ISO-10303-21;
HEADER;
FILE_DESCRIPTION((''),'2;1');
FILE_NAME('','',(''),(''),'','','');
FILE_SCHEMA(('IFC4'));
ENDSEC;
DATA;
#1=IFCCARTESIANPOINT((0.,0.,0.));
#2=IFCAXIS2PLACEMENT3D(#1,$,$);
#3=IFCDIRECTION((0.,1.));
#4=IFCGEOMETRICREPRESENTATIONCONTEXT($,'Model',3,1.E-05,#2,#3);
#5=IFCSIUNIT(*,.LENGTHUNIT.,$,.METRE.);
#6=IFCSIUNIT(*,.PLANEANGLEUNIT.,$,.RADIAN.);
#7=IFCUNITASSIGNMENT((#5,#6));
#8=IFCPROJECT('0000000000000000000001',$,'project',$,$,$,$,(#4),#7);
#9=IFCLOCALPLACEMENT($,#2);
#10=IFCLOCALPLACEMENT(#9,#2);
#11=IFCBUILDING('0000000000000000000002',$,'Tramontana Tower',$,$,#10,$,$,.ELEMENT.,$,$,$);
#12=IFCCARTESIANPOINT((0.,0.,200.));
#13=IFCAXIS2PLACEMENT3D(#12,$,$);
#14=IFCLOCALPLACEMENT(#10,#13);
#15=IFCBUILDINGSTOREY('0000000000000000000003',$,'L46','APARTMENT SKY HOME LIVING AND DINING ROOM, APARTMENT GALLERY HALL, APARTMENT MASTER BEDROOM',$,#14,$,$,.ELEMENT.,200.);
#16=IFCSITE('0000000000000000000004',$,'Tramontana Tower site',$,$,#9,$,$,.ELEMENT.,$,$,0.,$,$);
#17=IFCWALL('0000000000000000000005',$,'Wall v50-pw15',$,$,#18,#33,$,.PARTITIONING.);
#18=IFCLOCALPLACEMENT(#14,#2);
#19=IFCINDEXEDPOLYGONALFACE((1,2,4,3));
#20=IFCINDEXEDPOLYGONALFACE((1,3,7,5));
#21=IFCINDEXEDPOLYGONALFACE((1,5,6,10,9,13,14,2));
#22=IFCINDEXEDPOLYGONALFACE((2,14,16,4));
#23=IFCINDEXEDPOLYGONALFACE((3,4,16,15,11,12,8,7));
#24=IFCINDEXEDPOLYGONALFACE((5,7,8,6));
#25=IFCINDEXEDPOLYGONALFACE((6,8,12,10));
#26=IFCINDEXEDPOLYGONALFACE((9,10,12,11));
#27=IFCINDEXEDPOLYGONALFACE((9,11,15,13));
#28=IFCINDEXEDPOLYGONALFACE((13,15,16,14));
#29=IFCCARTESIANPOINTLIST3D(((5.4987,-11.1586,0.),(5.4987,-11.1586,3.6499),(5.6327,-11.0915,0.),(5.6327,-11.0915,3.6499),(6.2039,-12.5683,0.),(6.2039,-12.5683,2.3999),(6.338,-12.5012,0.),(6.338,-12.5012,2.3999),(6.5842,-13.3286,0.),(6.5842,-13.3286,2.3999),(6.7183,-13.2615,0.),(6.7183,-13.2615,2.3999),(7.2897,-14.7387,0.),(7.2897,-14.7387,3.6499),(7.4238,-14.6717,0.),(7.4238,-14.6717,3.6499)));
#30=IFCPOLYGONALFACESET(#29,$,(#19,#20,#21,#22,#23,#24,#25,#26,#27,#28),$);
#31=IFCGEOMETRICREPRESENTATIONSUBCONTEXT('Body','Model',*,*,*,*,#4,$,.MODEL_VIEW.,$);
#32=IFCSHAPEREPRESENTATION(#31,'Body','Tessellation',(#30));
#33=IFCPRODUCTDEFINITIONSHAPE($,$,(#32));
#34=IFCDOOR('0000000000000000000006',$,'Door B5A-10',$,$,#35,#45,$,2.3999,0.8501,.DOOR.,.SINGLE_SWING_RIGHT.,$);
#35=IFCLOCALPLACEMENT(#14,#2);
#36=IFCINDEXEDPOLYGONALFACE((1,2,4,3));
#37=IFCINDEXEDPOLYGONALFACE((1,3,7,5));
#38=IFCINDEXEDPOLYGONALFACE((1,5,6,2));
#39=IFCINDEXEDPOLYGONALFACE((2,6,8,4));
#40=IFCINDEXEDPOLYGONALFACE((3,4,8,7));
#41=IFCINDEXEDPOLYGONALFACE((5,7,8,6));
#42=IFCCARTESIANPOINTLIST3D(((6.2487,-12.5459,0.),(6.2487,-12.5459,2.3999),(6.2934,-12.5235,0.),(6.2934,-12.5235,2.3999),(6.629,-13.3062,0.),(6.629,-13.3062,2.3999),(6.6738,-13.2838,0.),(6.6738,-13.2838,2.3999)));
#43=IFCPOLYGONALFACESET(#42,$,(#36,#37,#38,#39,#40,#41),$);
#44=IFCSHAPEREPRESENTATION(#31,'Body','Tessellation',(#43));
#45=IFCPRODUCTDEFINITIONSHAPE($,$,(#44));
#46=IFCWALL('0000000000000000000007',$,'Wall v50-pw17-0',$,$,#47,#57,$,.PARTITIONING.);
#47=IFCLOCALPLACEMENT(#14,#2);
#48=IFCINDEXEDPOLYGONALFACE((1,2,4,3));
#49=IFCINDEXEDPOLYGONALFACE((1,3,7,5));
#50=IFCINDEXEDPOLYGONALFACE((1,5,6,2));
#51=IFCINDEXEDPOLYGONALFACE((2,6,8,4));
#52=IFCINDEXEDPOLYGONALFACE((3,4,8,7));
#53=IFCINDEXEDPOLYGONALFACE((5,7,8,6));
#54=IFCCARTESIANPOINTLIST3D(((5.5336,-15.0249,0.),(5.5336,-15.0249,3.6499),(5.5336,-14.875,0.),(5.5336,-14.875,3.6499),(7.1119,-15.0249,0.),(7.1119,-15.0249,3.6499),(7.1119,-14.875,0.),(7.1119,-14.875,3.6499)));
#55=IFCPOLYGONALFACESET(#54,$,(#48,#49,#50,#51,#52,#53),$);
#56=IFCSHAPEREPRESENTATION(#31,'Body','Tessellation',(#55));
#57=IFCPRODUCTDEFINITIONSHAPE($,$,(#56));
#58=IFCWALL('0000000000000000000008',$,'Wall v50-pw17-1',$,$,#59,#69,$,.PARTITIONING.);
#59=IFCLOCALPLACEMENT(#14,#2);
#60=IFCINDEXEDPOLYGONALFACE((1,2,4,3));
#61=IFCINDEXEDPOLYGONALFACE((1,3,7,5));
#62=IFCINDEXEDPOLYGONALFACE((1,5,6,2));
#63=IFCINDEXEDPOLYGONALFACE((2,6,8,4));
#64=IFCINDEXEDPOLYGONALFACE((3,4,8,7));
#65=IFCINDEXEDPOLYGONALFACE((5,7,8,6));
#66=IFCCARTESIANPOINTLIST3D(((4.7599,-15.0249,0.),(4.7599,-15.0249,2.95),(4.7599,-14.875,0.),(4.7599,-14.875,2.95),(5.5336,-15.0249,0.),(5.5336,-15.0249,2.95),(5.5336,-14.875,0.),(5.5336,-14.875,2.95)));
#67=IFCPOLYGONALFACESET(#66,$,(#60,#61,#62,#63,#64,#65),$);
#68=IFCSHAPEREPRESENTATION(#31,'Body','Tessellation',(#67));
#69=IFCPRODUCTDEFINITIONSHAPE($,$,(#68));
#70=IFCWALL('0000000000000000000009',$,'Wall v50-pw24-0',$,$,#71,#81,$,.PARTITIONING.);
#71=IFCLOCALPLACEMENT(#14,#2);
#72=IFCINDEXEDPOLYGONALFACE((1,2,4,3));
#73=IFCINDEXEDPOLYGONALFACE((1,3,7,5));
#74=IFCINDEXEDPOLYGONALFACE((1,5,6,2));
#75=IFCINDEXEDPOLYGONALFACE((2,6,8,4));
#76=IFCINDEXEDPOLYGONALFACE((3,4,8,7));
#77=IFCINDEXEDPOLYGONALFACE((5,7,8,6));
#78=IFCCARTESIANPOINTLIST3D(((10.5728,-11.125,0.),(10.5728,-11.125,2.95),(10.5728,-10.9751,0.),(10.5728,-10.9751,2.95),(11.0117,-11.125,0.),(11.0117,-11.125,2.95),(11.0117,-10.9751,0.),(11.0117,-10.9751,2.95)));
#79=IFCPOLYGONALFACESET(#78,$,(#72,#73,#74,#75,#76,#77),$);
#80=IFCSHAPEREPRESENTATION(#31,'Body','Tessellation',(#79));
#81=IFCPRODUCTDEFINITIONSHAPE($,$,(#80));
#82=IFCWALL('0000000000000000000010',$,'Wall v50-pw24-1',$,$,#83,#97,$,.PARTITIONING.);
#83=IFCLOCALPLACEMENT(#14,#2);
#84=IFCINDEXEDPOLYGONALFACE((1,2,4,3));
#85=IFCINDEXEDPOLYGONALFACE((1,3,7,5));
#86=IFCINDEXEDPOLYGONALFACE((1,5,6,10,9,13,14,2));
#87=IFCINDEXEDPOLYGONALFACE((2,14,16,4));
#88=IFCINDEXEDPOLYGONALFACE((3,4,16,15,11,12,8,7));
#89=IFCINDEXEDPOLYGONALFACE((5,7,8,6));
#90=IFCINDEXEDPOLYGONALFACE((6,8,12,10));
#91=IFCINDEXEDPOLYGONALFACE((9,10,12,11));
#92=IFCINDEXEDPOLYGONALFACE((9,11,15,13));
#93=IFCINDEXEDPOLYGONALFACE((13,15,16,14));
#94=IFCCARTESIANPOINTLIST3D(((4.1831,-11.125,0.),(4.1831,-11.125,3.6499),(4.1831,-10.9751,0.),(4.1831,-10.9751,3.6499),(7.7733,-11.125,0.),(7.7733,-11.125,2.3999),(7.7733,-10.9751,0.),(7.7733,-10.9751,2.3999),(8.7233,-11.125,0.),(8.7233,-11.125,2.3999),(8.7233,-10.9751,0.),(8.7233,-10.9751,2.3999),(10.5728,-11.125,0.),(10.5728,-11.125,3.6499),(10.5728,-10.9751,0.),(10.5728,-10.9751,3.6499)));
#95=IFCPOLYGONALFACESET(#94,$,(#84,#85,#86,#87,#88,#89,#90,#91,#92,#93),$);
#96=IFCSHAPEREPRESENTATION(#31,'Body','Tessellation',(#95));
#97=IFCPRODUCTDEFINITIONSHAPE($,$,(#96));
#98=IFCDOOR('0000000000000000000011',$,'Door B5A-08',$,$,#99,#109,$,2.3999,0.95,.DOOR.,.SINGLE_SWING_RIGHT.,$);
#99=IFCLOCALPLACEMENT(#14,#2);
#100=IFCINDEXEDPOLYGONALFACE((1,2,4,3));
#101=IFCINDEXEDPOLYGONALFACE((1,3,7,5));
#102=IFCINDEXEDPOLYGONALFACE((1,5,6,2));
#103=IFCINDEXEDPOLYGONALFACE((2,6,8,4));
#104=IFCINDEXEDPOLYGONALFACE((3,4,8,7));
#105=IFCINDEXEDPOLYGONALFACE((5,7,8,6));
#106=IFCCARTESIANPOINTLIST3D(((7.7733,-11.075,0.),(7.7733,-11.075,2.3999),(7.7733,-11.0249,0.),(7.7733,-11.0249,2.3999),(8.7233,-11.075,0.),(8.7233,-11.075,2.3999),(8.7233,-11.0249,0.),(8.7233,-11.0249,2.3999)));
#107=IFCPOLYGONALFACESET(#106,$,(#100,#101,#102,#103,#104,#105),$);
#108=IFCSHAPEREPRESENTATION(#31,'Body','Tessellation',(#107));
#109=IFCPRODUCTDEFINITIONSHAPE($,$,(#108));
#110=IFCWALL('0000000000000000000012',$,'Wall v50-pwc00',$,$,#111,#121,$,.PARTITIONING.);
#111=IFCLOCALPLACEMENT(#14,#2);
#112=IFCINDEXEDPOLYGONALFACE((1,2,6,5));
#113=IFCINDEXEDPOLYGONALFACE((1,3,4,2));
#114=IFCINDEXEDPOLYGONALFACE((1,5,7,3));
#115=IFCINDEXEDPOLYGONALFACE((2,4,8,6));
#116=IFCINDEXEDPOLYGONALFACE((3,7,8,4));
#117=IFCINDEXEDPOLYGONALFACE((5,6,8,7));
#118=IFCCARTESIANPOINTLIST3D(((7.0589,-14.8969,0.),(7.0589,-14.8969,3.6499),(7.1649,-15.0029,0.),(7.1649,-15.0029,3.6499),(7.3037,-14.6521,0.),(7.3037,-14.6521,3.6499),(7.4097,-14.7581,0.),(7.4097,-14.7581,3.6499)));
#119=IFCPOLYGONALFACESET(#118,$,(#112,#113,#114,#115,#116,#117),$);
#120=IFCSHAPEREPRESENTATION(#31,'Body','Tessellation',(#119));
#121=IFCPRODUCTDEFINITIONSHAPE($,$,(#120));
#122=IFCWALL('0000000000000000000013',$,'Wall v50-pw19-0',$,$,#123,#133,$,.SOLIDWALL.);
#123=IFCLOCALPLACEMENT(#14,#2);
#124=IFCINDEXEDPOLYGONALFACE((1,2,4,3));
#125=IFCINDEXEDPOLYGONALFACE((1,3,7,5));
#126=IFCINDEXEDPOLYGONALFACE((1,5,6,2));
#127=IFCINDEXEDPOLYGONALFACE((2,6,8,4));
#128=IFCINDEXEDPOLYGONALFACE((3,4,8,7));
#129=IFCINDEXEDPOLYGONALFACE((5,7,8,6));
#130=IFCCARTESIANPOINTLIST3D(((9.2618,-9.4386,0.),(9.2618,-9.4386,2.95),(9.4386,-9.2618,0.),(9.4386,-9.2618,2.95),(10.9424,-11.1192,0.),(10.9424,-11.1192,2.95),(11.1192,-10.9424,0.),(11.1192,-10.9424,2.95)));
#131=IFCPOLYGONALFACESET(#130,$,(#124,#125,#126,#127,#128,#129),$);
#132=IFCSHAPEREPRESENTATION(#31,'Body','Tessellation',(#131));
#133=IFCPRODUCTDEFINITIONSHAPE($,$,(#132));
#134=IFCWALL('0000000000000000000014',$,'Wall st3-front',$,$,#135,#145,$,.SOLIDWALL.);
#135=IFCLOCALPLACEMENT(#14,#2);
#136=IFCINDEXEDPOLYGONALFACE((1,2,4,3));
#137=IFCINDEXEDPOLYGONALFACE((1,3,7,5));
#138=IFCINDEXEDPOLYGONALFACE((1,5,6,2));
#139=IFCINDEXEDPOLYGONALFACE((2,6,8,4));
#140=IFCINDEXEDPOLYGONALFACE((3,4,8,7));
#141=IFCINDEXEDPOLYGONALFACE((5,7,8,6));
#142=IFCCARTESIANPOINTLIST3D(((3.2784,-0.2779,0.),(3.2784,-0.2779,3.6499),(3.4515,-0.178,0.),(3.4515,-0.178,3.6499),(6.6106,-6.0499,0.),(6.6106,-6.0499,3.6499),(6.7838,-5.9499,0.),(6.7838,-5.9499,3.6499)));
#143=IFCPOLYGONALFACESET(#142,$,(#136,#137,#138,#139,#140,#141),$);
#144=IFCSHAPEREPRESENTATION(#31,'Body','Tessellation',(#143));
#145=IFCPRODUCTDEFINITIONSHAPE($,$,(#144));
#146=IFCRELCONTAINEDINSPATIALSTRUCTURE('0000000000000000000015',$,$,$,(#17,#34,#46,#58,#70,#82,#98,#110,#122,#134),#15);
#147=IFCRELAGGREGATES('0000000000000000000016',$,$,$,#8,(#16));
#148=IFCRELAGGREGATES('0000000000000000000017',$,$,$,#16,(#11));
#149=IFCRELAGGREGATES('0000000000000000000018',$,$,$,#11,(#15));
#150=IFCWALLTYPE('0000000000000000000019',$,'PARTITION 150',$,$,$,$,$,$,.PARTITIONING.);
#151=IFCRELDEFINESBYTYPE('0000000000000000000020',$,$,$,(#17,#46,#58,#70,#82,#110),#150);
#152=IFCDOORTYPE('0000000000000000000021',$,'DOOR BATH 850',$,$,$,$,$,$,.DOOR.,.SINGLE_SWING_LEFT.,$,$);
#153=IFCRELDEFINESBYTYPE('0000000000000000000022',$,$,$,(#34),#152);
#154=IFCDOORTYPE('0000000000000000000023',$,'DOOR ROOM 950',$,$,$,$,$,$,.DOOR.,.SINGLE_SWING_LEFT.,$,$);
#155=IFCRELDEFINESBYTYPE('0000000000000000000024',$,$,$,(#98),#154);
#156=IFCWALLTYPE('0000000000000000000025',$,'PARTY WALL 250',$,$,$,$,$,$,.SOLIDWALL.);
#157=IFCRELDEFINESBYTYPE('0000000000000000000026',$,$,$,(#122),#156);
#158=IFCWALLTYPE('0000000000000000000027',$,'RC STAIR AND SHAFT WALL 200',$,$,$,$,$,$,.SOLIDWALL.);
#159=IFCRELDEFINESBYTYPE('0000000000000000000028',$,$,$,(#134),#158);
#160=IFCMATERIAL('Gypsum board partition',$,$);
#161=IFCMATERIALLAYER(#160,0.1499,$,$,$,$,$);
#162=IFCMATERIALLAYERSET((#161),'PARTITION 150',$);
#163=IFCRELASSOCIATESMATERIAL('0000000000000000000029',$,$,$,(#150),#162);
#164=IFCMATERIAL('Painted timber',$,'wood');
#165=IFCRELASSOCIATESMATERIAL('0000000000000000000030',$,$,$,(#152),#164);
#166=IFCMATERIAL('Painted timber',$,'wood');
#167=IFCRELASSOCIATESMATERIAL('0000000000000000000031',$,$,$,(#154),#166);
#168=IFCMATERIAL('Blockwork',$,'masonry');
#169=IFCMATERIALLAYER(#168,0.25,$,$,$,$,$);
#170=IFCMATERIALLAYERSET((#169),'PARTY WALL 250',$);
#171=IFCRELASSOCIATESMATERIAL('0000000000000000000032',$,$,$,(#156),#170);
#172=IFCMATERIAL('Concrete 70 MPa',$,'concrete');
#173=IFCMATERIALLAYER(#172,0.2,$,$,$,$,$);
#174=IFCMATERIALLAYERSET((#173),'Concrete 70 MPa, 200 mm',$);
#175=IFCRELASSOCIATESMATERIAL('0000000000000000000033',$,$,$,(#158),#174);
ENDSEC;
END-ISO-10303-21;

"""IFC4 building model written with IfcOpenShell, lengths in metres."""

from ifc_helpers import new_model, si_unit, direction, frame, frame_2d, origin, place, context, subcontext, project, spatial, rectangle, extrude, material, layer, layer_set, type_object, element, fill, save


model = new_model("IFC4")

# Units and contexts
model_context = context("Model", 3, precision=1e-05, world=origin(), true_north=direction((0.0, 1.0)))
body_context = subcontext(model_context, "Body", "Model", "MODEL_VIEW")
ifc_project = project(units=[si_unit("LENGTHUNIT", "METRE"), si_unit("PLANEANGLEUNIT", "RADIAN")], contexts=[model_context])

# Site, building, storey
site_placement = place(None, origin())
site = spatial("IfcSite", under=ifc_project, at=site_placement, Name="Tramontana Tower site", CompositionType="ELEMENT", RefElevation=0.0)
building_placement = place(site_placement, origin())
building = spatial("IfcBuilding", under=site, at=building_placement, Name="Tramontana Tower", CompositionType="ELEMENT")
storey_placement = place(building_placement, frame((0.0, 0.0, 200.0)))
storey = spatial("IfcBuildingStorey", under=building, at=storey_placement, Name="L46", Description="APARTMENT SKY HOME LIVING AND DINING ROOM, APARTMENT GALLERY HALL, APARTMENT MASTER BEDROOM", CompositionType="ELEMENT", Elevation=200.0)

# Wall, opening, door
ifc_material_1 = material(Name="Gypsum board partition")
ifc_layer_1 = layer(ifc_material_1, 0.1499)
ifc_layer_set_1 = layer_set([ifc_layer_1], Name="PARTITION 150")
wall_type_1 = type_object("IfcWallType", Name="PARTITION 150", PredefinedType="PARTITIONING", material=ifc_layer_set_1)
wall_1_placement = place(storey_placement, frame((7.3567, -14.7051, 0.0), z_axis=(0.0, 0.0, 1.0), x_axis=(-0.447409, 0.89433, 0.0)))
wall_1 = element("IfcWall", 1, at=wall_1_placement, inside=storey, type_object=wall_type_1, Name="Wall v50-pw15", PredefinedType="PARTITIONING", context=body_context, shape_type="SweptSolid", body=[
    extrude(rectangle(XDim=4.0032, YDim=0.1499, at=frame_2d((2.0015, 0.0))), origin(), (0.0, 0.0, 1.0), 3.6499),
])
opening_1_placement = place(wall_1_placement, frame((1.5767, 0.0, 0.0)))
opening_1 = element("IfcOpeningElement", 2, at=opening_1_placement, cuts=wall_1, PredefinedType="OPENING", context=body_context, shape_type="SweptSolid", body=[
    extrude(rectangle(XDim=0.8501, YDim=2.3999, at=frame_2d((0.425, 1.2))), frame((0.0, 0.085, 0.0), z_axis=(0.0, -1.0, 0.0), x_axis=(1.0, 0.0, 0.0)), (0.0, 0.0, 1.0), 0.1699),
])
ifc_material_2 = material(Name="Painted timber", Category="wood")
door_type_1 = type_object("IfcDoorType", Name="DOOR BATH 850", OperationType="SINGLE_SWING_LEFT", PredefinedType="DOOR", material=ifc_material_2)
door_1_placement = place(opening_1_placement, origin())
door_1 = element("IfcDoor", 3, at=door_1_placement, inside=storey, type_object=door_type_1, Name="Door B5A-10", OperationType="SINGLE_SWING_RIGHT", OverallHeight=2.3999, OverallWidth=0.8501, PredefinedType="DOOR", context=body_context, shape_type="SweptSolid", body=[
    extrude(rectangle(XDim=0.8501, YDim=2.3999, at=frame_2d((0.425, 1.2))), frame((0.0, 0.0249, 0.0), z_axis=(0.0, -1.0, 0.0), x_axis=(1.0, 0.0, 0.0)), (0.0, 0.0, 1.0), 0.05),
])
fill(opening_1, door_1)

# Walls
wall_2_placement = place(storey_placement, frame((7.1118, -14.95, 0.0), z_axis=(0.0, 0.0, 1.0), x_axis=(-1.0, 0.0, 0.0)))
element("IfcWall", 4, at=wall_2_placement, inside=storey, type_object=wall_type_1, Name="Wall v50-pw17-0", PredefinedType="PARTITIONING", context=body_context, shape_type="SweptSolid", body=[
    extrude(rectangle(XDim=1.5784, YDim=0.1499, at=frame_2d((0.7891, 0.0))), origin(), (0.0, 0.0, 1.0), 3.6499),
])
wall_3_placement = place(storey_placement, frame((5.5334, -14.95, 0.0), z_axis=(0.0, 0.0, 1.0), x_axis=(-1.0, 0.0, 0.0)))
element("IfcWall", 5, at=wall_3_placement, inside=storey, type_object=wall_type_1, Name="Wall v50-pw17-1", PredefinedType="PARTITIONING", context=body_context, shape_type="SweptSolid", body=[
    extrude(rectangle(XDim=0.7737, YDim=0.1499, at=frame_2d((0.3867, 0.0))), origin(), (0.0, 0.0, 1.0), 2.95),
])
wall_4_placement = place(storey_placement, frame((11.0117, -11.05, 0.0), z_axis=(0.0, 0.0, 1.0), x_axis=(-1.0, 0.0, 0.0)))
element("IfcWall", 6, at=wall_4_placement, inside=storey, type_object=wall_type_1, Name="Wall v50-pw24-0", PredefinedType="PARTITIONING", context=body_context, shape_type="SweptSolid", body=[
    extrude(rectangle(XDim=0.439, YDim=0.1499, at=frame_2d((0.2195, 0.0))), origin(), (0.0, 0.0, 1.0), 2.95),
])

# Wall, opening, door
wall_5_placement = place(storey_placement, frame((10.5728, -11.05, 0.0), z_axis=(0.0, 0.0, 1.0), x_axis=(-1.0, 0.0, 0.0)))
wall_5 = element("IfcWall", 7, at=wall_5_placement, inside=storey, type_object=wall_type_1, Name="Wall v50-pw24-1", PredefinedType="PARTITIONING", context=body_context, shape_type="SweptSolid", body=[
    extrude(rectangle(XDim=6.3896, YDim=0.1499, at=frame_2d((3.1948, 0.0))), origin(), (0.0, 0.0, 1.0), 3.6499),
])
opening_2_placement = place(wall_5_placement, frame((1.8494, 0.0, 0.0)))
opening_2 = element("IfcOpeningElement", 8, at=opening_2_placement, cuts=wall_5, PredefinedType="OPENING", context=body_context, shape_type="SweptSolid", body=[
    extrude(rectangle(XDim=0.95, YDim=2.3999, at=frame_2d((0.4751, 1.2))), frame((0.0, 0.085, 0.0), z_axis=(0.0, -1.0, 0.0), x_axis=(1.0, 0.0, 0.0)), (0.0, 0.0, 1.0), 0.1699),
])
ifc_material_3 = material(Name="Painted timber", Category="wood")
door_type_2 = type_object("IfcDoorType", Name="DOOR ROOM 950", OperationType="SINGLE_SWING_LEFT", PredefinedType="DOOR", material=ifc_material_3)
door_2_placement = place(opening_2_placement, origin())
door_2 = element("IfcDoor", 9, at=door_2_placement, inside=storey, type_object=door_type_2, Name="Door B5A-08", OperationType="SINGLE_SWING_RIGHT", OverallHeight=2.3999, OverallWidth=0.95, PredefinedType="DOOR", context=body_context, shape_type="SweptSolid", body=[
    extrude(rectangle(XDim=0.95, YDim=2.3999, at=frame_2d((0.4751, 1.2))), frame((0.0, 0.0249, 0.0), z_axis=(0.0, -1.0, 0.0), x_axis=(1.0, 0.0, 0.0)), (0.0, 0.0, 1.0), 0.05),
])
fill(opening_2, door_2)

# Walls
wall_6_placement = place(storey_placement, frame((7.3567, -14.7051, 0.0), z_axis=(0.0, 0.0, 1.0), x_axis=(-0.707107, -0.707107, 0.0)))
element("IfcWall", 10, at=wall_6_placement, inside=storey, type_object=wall_type_1, Name="Wall v50-pwc00", PredefinedType="PARTITIONING", context=body_context, shape_type="SweptSolid", body=[
    extrude(rectangle(XDim=0.3462, YDim=0.1499, at=frame_2d((0.1731, 0.0))), origin(), (0.0, 0.0, 1.0), 3.6499),
])
ifc_material_4 = material(Name="Blockwork", Category="masonry")
ifc_layer_2 = layer(ifc_material_4, 0.25)
ifc_layer_set_2 = layer_set([ifc_layer_2], Name="PARTY WALL 250")
wall_type_2 = type_object("IfcWallType", Name="PARTY WALL 250", PredefinedType="SOLIDWALL", material=ifc_layer_set_2)
wall_7_placement = place(storey_placement, frame((9.3501, -9.3501, 0.0), z_axis=(0.0, 0.0, 1.0), x_axis=(0.707107, -0.707107, 0.0)))
element("IfcWall", 11, at=wall_7_placement, inside=storey, type_object=wall_type_2, Name="Wall v50-pw19-0", PredefinedType="SOLIDWALL", context=body_context, shape_type="SweptSolid", body=[
    extrude(rectangle(XDim=2.3767, YDim=0.25, at=frame_2d((1.1885, 0.0))), origin(), (0.0, 0.0, 1.0), 2.95),
])
ifc_material_5 = material(Name="Concrete 70 MPa", Category="concrete")
ifc_layer_3 = layer(ifc_material_5, 0.2)
ifc_layer_set_3 = layer_set([ifc_layer_3], Name="Concrete 70 MPa, 200 mm")
wall_type_3 = type_object("IfcWallType", Name="RC STAIR AND SHAFT WALL 200", PredefinedType="SOLIDWALL", material=ifc_layer_set_3)
wall_8_placement = place(storey_placement, frame((6.6973, -6.0, 0.0), z_axis=(0.0, 0.0, 1.0), x_axis=(-0.49998, 0.866037, 0.0)))
element("IfcWall", 12, at=wall_8_placement, inside=storey, type_object=wall_type_3, Name="Wall st3-front", PredefinedType="SOLIDWALL", context=body_context, shape_type="SweptSolid", body=[
    extrude(rectangle(XDim=6.6648, YDim=0.2, at=frame_2d((3.3325, 0.0))), origin(), (0.0, 0.0, 1.0), 3.6499),
])

save(model, "model.ifc")
